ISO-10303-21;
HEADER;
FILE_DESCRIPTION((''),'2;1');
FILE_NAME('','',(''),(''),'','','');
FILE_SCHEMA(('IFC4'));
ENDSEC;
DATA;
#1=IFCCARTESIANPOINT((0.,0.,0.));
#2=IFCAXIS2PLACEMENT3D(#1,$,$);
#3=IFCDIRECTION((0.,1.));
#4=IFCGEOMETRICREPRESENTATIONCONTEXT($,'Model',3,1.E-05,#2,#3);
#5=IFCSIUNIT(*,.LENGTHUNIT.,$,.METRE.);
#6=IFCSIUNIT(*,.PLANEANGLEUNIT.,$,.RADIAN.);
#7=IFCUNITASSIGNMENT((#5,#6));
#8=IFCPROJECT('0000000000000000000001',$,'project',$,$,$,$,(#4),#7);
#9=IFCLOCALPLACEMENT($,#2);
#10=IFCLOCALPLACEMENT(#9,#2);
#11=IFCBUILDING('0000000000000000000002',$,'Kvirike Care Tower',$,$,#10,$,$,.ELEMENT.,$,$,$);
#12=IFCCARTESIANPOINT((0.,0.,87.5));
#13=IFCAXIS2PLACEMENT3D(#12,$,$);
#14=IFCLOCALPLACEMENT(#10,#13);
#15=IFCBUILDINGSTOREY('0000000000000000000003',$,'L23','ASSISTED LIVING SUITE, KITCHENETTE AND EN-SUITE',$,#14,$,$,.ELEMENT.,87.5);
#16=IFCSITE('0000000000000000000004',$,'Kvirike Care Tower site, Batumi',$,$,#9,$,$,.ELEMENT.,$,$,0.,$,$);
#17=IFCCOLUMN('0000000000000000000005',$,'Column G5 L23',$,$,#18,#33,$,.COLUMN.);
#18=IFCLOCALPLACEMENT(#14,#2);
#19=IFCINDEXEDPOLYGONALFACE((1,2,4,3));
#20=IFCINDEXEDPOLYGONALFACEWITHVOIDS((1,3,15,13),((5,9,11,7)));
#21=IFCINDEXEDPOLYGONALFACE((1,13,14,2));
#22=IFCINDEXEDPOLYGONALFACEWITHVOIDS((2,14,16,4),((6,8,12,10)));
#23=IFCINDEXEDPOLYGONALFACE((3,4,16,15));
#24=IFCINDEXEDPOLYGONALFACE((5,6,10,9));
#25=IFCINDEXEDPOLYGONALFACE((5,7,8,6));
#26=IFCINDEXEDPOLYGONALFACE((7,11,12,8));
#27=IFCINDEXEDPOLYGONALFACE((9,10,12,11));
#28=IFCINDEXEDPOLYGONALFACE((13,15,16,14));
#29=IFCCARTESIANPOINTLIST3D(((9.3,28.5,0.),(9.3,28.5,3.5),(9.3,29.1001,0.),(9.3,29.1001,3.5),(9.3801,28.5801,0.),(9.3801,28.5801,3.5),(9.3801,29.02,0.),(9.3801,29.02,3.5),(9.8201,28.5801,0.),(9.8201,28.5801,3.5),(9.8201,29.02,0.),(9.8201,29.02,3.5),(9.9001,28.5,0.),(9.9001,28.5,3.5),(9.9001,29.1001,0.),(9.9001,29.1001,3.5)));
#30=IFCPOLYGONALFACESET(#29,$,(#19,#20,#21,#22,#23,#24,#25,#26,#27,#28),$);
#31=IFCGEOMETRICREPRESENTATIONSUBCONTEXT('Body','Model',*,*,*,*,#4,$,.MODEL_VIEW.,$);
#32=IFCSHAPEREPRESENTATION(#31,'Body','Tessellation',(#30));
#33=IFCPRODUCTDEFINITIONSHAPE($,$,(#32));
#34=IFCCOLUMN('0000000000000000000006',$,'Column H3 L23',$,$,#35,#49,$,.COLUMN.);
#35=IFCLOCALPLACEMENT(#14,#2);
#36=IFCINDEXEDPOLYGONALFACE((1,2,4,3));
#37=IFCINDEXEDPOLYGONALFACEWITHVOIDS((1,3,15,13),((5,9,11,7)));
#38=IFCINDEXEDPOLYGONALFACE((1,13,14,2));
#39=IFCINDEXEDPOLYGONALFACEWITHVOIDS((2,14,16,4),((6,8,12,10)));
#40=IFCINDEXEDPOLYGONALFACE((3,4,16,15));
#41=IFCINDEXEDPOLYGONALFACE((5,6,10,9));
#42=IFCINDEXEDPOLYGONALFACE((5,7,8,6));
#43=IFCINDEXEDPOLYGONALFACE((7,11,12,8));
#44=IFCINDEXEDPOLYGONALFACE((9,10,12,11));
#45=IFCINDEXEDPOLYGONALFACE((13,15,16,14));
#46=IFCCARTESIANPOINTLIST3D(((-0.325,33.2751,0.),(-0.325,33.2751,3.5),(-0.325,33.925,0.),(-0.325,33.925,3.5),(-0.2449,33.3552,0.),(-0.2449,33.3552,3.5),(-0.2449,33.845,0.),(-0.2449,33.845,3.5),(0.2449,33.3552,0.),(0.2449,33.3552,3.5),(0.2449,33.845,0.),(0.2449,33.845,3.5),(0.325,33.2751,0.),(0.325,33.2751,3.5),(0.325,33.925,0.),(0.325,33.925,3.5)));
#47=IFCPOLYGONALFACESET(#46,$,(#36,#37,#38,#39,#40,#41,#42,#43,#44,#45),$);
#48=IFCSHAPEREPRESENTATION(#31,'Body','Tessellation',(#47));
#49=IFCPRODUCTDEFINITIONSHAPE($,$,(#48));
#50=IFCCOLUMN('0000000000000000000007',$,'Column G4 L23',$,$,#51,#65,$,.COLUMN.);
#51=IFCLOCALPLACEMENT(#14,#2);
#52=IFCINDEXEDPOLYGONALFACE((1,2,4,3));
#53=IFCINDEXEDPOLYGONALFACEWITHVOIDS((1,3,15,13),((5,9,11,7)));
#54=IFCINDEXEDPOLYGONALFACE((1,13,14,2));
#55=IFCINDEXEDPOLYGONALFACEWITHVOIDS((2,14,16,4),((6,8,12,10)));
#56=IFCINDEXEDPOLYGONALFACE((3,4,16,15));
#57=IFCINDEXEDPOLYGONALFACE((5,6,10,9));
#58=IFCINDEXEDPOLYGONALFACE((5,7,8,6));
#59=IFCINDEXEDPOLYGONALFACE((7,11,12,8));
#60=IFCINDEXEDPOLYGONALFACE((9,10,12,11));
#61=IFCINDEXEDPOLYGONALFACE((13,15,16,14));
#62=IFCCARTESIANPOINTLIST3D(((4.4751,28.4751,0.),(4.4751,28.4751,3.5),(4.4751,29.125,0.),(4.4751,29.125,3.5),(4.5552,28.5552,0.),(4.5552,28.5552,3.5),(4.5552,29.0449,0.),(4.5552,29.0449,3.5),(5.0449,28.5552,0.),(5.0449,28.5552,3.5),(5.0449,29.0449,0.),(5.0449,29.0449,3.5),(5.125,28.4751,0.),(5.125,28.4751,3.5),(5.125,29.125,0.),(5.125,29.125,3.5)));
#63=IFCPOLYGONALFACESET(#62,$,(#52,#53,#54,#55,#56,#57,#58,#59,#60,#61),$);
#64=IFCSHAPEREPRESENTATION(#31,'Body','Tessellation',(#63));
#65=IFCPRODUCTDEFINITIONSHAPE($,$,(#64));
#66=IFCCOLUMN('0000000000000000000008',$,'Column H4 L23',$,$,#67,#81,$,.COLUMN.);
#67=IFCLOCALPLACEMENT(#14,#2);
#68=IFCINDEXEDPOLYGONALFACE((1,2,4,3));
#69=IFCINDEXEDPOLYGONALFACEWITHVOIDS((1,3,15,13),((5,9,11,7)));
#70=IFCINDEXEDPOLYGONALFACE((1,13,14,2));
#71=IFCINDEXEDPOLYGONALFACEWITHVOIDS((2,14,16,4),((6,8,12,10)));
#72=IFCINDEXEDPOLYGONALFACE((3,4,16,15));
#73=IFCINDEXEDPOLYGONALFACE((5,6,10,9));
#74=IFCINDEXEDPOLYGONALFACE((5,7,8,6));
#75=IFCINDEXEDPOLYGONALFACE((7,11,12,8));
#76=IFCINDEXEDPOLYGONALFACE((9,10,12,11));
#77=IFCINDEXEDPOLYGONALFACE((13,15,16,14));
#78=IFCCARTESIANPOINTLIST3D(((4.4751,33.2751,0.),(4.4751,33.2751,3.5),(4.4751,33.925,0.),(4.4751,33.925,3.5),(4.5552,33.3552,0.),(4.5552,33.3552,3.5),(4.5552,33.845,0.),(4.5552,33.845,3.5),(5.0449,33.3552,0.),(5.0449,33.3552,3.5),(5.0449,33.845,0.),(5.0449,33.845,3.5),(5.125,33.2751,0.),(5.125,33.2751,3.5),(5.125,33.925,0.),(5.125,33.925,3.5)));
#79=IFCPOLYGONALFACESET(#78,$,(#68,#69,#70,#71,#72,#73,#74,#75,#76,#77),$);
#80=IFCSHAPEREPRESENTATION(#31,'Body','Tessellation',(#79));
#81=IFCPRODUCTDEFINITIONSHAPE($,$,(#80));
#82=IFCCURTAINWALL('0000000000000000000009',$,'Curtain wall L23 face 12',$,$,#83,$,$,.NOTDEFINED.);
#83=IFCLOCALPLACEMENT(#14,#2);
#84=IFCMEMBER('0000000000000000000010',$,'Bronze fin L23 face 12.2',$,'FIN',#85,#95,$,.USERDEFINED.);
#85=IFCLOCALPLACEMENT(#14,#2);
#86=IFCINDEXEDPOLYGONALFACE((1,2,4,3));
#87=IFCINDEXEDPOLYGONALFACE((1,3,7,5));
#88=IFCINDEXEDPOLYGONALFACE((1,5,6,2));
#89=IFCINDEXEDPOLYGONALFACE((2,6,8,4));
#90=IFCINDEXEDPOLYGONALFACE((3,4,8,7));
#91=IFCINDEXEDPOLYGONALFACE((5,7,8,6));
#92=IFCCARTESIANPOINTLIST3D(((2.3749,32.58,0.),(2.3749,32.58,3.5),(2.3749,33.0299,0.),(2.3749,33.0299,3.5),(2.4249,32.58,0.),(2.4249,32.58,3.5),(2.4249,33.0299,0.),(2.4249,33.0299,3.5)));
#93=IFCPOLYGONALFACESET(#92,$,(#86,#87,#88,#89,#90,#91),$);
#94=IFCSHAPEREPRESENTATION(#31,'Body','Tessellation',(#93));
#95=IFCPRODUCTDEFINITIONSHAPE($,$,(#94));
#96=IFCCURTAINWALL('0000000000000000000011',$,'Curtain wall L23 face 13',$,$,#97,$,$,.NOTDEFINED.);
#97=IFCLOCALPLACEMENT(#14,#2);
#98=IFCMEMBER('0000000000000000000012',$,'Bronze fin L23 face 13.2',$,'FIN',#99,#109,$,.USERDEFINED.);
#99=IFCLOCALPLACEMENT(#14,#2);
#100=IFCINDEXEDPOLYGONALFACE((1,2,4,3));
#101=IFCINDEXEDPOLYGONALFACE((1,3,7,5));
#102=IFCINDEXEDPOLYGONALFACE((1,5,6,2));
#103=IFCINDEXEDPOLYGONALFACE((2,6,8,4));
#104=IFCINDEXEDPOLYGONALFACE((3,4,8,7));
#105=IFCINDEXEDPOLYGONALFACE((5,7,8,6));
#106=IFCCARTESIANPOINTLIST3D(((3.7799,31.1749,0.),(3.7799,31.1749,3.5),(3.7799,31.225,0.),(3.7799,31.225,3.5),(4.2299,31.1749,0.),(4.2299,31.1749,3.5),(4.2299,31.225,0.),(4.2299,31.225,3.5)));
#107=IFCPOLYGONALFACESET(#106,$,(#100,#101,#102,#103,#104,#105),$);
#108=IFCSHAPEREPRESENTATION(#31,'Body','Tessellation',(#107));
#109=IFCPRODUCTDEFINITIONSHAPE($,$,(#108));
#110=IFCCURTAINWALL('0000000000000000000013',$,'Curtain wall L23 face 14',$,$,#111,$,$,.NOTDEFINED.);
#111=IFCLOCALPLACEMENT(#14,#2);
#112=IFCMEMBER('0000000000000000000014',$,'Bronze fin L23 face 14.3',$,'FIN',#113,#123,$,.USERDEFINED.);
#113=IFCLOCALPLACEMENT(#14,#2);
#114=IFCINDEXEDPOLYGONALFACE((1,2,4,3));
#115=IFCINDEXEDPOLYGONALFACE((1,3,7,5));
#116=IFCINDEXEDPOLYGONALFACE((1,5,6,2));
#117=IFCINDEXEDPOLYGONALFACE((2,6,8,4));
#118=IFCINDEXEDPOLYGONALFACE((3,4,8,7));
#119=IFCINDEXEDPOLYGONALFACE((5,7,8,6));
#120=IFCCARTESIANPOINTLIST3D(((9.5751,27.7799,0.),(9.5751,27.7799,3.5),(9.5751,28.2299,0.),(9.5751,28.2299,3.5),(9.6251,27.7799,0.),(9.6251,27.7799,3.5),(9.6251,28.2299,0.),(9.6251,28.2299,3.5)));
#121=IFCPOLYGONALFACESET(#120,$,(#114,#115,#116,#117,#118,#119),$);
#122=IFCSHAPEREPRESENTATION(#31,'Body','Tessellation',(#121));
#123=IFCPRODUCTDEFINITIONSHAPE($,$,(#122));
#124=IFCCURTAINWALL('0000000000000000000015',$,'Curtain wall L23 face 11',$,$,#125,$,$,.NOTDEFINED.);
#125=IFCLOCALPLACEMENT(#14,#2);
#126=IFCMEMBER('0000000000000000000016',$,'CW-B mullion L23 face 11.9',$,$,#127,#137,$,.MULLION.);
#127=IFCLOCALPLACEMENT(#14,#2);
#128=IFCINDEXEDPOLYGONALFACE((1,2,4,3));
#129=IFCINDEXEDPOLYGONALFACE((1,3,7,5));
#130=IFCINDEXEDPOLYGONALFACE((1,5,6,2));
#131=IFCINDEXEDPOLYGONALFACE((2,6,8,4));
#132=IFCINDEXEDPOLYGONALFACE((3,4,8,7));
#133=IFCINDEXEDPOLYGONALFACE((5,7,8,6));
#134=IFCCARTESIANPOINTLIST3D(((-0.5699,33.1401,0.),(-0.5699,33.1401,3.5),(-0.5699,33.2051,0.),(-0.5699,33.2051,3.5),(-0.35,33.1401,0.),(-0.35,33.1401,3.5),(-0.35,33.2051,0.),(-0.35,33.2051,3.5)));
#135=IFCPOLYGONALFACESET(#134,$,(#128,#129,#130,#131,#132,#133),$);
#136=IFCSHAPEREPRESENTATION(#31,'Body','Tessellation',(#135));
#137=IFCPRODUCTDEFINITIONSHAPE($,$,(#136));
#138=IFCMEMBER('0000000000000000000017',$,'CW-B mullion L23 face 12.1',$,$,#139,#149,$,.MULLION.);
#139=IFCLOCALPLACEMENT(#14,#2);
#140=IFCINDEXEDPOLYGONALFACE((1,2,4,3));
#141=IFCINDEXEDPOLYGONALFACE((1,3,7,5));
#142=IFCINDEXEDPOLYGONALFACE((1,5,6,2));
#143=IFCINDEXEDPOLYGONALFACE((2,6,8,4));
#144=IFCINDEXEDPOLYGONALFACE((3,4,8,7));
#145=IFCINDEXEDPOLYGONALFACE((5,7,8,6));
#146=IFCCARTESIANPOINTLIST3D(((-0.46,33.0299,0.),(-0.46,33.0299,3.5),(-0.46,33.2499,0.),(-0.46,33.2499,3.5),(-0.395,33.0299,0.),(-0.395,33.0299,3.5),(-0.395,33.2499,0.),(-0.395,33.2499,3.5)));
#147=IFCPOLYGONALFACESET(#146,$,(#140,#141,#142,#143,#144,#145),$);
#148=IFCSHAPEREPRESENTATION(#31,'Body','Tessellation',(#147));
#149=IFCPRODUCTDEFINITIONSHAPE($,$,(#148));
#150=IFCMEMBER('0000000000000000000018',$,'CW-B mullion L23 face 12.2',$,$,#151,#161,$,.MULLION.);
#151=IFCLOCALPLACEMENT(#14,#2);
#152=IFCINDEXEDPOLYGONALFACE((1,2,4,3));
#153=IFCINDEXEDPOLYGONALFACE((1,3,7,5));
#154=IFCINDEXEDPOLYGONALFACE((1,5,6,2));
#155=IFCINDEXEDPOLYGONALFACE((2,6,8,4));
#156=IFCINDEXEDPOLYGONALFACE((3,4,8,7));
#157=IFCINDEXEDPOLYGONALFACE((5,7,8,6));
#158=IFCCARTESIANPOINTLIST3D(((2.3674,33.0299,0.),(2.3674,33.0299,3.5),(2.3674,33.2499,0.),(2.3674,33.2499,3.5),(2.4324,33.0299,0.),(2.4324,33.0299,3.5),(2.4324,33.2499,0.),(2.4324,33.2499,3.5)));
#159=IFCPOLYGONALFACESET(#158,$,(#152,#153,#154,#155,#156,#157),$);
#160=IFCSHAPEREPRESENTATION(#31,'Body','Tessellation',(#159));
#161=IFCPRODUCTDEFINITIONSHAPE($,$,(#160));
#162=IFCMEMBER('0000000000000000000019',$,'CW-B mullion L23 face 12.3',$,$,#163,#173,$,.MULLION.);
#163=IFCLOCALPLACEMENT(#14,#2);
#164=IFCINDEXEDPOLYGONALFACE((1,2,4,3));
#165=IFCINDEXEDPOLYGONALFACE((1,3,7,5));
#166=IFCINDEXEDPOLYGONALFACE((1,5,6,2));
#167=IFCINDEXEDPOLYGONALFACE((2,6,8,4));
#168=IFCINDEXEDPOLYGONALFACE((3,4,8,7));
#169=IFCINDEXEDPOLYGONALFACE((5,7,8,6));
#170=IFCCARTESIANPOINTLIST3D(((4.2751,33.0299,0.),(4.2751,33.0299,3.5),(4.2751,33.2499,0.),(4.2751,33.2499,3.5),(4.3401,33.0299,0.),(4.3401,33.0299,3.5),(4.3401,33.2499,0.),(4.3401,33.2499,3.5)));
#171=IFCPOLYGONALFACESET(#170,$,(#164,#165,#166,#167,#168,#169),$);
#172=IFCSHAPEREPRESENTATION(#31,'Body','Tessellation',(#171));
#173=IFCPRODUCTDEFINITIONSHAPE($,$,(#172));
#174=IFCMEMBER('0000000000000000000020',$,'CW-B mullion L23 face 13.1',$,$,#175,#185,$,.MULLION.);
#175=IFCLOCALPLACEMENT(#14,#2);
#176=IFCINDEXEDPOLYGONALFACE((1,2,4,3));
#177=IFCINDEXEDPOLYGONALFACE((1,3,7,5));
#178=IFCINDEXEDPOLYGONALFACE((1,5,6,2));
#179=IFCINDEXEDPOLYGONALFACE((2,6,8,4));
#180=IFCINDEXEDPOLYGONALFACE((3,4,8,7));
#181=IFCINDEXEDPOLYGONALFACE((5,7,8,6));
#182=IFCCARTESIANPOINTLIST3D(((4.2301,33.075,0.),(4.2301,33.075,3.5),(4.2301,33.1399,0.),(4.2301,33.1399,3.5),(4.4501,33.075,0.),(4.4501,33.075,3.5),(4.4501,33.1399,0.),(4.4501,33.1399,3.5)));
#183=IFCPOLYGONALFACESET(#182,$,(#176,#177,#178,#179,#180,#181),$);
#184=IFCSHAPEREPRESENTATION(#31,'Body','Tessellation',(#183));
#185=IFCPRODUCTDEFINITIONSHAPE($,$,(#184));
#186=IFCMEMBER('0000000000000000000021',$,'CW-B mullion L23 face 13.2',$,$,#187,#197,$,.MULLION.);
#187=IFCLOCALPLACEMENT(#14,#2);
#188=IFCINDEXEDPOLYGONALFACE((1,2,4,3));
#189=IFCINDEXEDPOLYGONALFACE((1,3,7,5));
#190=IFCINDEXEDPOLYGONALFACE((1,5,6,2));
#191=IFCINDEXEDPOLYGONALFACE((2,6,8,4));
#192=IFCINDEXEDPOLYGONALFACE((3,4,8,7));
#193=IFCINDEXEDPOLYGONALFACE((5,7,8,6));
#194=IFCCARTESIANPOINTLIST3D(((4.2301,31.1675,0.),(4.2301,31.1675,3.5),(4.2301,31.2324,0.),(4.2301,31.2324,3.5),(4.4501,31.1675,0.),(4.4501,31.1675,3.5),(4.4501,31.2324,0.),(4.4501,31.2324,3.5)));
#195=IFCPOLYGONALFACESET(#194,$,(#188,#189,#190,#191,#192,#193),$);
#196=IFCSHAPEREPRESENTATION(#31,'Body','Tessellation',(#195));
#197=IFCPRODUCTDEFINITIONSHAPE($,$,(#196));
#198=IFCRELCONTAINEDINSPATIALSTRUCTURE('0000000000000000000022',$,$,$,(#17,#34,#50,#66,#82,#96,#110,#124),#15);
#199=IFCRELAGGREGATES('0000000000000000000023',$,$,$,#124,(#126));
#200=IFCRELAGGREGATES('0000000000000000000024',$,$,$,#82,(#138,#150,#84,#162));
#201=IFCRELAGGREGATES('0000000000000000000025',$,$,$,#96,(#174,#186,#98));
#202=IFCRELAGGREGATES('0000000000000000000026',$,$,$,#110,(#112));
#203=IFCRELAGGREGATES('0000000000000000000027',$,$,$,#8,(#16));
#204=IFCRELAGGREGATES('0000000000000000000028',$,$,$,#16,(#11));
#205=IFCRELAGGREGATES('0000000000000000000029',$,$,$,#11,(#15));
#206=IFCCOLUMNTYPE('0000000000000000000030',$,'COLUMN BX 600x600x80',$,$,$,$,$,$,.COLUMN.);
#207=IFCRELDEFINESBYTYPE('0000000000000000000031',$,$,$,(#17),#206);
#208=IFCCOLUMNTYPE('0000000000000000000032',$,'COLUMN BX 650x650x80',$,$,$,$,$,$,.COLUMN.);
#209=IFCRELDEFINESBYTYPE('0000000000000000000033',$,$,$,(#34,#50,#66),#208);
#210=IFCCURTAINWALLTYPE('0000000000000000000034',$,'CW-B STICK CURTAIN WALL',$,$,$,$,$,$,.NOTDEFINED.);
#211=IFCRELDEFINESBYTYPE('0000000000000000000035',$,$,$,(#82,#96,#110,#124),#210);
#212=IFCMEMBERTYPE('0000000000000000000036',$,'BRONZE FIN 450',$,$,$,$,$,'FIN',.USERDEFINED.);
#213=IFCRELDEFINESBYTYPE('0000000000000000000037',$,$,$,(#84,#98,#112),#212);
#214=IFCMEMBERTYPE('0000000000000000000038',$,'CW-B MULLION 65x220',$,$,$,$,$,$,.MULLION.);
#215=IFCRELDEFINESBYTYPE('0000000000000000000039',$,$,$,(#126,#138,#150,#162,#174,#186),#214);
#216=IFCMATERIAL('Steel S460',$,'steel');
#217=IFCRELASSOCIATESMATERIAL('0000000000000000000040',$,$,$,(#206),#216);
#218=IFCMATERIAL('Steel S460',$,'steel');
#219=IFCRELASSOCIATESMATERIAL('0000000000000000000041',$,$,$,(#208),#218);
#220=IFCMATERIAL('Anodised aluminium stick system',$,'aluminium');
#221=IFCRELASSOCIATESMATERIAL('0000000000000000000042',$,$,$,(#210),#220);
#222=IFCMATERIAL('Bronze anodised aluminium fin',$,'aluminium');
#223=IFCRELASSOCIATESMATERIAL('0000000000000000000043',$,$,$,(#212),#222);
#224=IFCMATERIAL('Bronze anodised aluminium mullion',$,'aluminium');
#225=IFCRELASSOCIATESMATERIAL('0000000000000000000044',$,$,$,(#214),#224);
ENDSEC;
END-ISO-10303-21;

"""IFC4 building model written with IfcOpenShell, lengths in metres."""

from ifc_helpers import new_model, si_unit, direction, frame, origin, origin_2d, place, context, subcontext, project, spatial, rectangle, hollow_rectangle, extrude, material, material_profile, profile_set, type_object, element, aggregate, save


model = new_model("IFC4")

# Units and contexts
model_context = context("Model", 3, precision=1e-05, world=origin(), true_north=direction((0.0, 1.0)))
body_context = subcontext(model_context, "Body", "Model", "MODEL_VIEW")
ifc_project = project(units=[si_unit("LENGTHUNIT", "METRE"), si_unit("PLANEANGLEUNIT", "RADIAN")], contexts=[model_context])

# Site, building, storey
site_placement = place(None, origin())
site = spatial("IfcSite", under=ifc_project, at=site_placement, Name="Kvirike Care Tower site, Batumi", CompositionType="ELEMENT", RefElevation=0.0)
building_placement = place(site_placement, origin())
building = spatial("IfcBuilding", under=site, at=building_placement, Name="Kvirike Care Tower", CompositionType="ELEMENT")
storey_placement = place(building_placement, frame((0.0, 0.0, 87.5)))
storey = spatial("IfcBuildingStorey", under=building, at=storey_placement, Name="L23", Description="ASSISTED LIVING SUITE, KITCHENETTE AND EN-SUITE", CompositionType="ELEMENT", Elevation=87.5)

# Columns
ifc_material_1 = material(Name="Steel S460", Category="steel")
ifc_material_profile_1 = material_profile(ifc_material_1, hollow_rectangle(XDim=0.6001, YDim=0.6001, WallThickness=0.0801, at=origin_2d()), Name="BX 600x600x80")
ifc_profile_set_1 = profile_set([ifc_material_profile_1], Name="Steel S460")
column_type_1 = type_object("IfcColumnType", Name="COLUMN BX 600x600x80", PredefinedType="COLUMN", material=ifc_profile_set_1)
column_placement = place(storey_placement, frame((9.6001, 28.8, 0.0), z_axis=(0.0, 0.0, 1.0), x_axis=(0.0, 1.0, 0.0)))
element("IfcColumn", 1, at=column_placement, inside=storey, type_object=column_type_1, Name="Column G5 L23", PredefinedType="COLUMN", context=body_context, shape_type="SweptSolid", body=[
    extrude(hollow_rectangle(XDim=0.6001, YDim=0.6001, WallThickness=0.0801, at=origin_2d()), origin(), (0.0, 0.0, 1.0), 3.5),
])
ifc_material_2 = material(Name="Steel S460", Category="steel")
ifc_material_profile_2 = material_profile(ifc_material_2, hollow_rectangle(XDim=0.6499, YDim=0.6499, WallThickness=0.0801, at=origin_2d()), Name="BX 650x650x80")
ifc_profile_set_2 = profile_set([ifc_material_profile_2], Name="Steel S460")
column_type_2 = type_object("IfcColumnType", Name="COLUMN BX 650x650x80", PredefinedType="COLUMN", material=ifc_profile_set_2)
for number, where, z_axis, x_axis, name in (
    (2, (0.0, 33.6001, 0.0), (0.0, 0.0, 1.0), (0.0, 1.0, 0.0), "Column H3 L23"),
    (3, (4.8, 28.8, 0.0), (0.0, 0.0, 1.0), (0.0, 1.0, 0.0), "Column G4 L23"),
    (4, (4.8, 33.6001, 0.0), (0.0, 0.0, 1.0), (0.0, 1.0, 0.0), "Column H4 L23"),
):
    element("IfcColumn", number, at=place(storey_placement, frame(where, z_axis=z_axis, x_axis=x_axis)), inside=storey, type_object=column_type_2, Name=name, PredefinedType="COLUMN", context=body_context, shape_type="SweptSolid", body=[
        extrude(hollow_rectangle(XDim=0.6499, YDim=0.6499, WallThickness=0.0801, at=origin_2d()), origin(), (0.0, 0.0, 1.0), 3.5),
    ])

# Curtain walls, members
ifc_material_3 = material(Name="Anodised aluminium stick system", Category="aluminium")
curtain_wall_type = type_object("IfcCurtainWallType", Name="CW-B STICK CURTAIN WALL", PredefinedType="NOTDEFINED", material=ifc_material_3)
curtain_wall_1_placement = place(storey_placement, origin())
curtain_wall_1 = element("IfcCurtainWall", 5, at=curtain_wall_1_placement, inside=storey, type_object=curtain_wall_type, Name="Curtain wall L23 face 12", PredefinedType="NOTDEFINED")
ifc_material_4 = material(Name="Bronze anodised aluminium fin", Category="aluminium")
ifc_material_profile_3 = material_profile(ifc_material_4, rectangle(XDim=0.05, YDim=0.45, at=origin_2d()), Name="BRONZE FIN 450")
ifc_profile_set_3 = profile_set([ifc_material_profile_3], Name="Bronze anodised aluminium fin")
member_type_1 = type_object("IfcMemberType", Name="BRONZE FIN 450", ElementType="FIN", PredefinedType="USERDEFINED", material=ifc_profile_set_3)
member_1_placement = place(storey_placement, frame((2.3999, 32.8049, 0.0), z_axis=(0.0, 0.0, 1.0), x_axis=(1.0, 0.0, 0.0)))
member_1 = element("IfcMember", 6, at=member_1_placement, type_object=member_type_1, Name="Bronze fin L23 face 12.2", ObjectType="FIN", PredefinedType="USERDEFINED", context=body_context, shape_type="SweptSolid", body=[
    extrude(rectangle(XDim=0.05, YDim=0.45, at=origin_2d()), origin(), (0.0, 0.0, 1.0), 3.5),
])
curtain_wall_2_placement = place(storey_placement, origin())
curtain_wall_2 = element("IfcCurtainWall", 7, at=curtain_wall_2_placement, inside=storey, type_object=curtain_wall_type, Name="Curtain wall L23 face 13", PredefinedType="NOTDEFINED")
member_2_placement = place(storey_placement, frame((4.0049, 31.2, 0.0), z_axis=(0.0, 0.0, 1.0), x_axis=(0.0, -1.0, 0.0)))
member_2 = element("IfcMember", 8, at=member_2_placement, type_object=member_type_1, Name="Bronze fin L23 face 13.2", ObjectType="FIN", PredefinedType="USERDEFINED", context=body_context, shape_type="SweptSolid", body=[
    extrude(rectangle(XDim=0.05, YDim=0.45, at=origin_2d()), origin(), (0.0, 0.0, 1.0), 3.5),
])
curtain_wall_3_placement = place(storey_placement, origin())
curtain_wall_3 = element("IfcCurtainWall", 9, at=curtain_wall_3_placement, inside=storey, type_object=curtain_wall_type, Name="Curtain wall L23 face 14", PredefinedType="NOTDEFINED")
member_3_placement = place(storey_placement, frame((9.6001, 28.0049, 0.0), z_axis=(0.0, 0.0, 1.0), x_axis=(1.0, 0.0, 0.0)))
member_3 = element("IfcMember", 10, at=member_3_placement, type_object=member_type_1, Name="Bronze fin L23 face 14.3", ObjectType="FIN", PredefinedType="USERDEFINED", context=body_context, shape_type="SweptSolid", body=[
    extrude(rectangle(XDim=0.05, YDim=0.45, at=origin_2d()), origin(), (0.0, 0.0, 1.0), 3.5),
])
curtain_wall_4_placement = place(storey_placement, origin())
curtain_wall_4 = element("IfcCurtainWall", 11, at=curtain_wall_4_placement, inside=storey, type_object=curtain_wall_type, Name="Curtain wall L23 face 11", PredefinedType="NOTDEFINED")
ifc_material_5 = material(Name="Bronze anodised aluminium mullion", Category="aluminium")
ifc_material_profile_4 = material_profile(ifc_material_5, rectangle(XDim=0.0649, YDim=0.22, at=origin_2d()), Name="CW-B MULLION 65x220")
ifc_profile_set_4 = profile_set([ifc_material_profile_4], Name="Bronze anodised aluminium mullion")
member_type_2 = type_object("IfcMemberType", Name="CW-B MULLION 65x220", PredefinedType="MULLION", material=ifc_profile_set_4)
member_4_placement = place(storey_placement, frame((-0.46, 33.1726, 0.0), z_axis=(0.0, 0.0, 1.0), x_axis=(0.0, -1.0, 0.0)))
member_4 = element("IfcMember", 12, at=member_4_placement, type_object=member_type_2, Name="CW-B mullion L23 face 11.9", PredefinedType="MULLION", context=body_context, shape_type="SweptSolid", body=[
    extrude(rectangle(XDim=0.0649, YDim=0.22, at=origin_2d()), origin(), (0.0, 0.0, 1.0), 3.5),
])
aggregate(curtain_wall_4, [member_4])

# Members
member_5_placement = place(storey_placement, frame((-0.4275, 33.1399, 0.0), z_axis=(0.0, 0.0, 1.0), x_axis=(1.0, 0.0, 0.0)))
member_5 = element("IfcMember", 13, at=member_5_placement, type_object=member_type_2, Name="CW-B mullion L23 face 12.1", PredefinedType="MULLION", context=body_context, shape_type="SweptSolid", body=[
    extrude(rectangle(XDim=0.0649, YDim=0.22, at=origin_2d()), origin(), (0.0, 0.0, 1.0), 3.5),
])
member_6_placement = place(storey_placement, frame((2.3999, 33.1399, 0.0), z_axis=(0.0, 0.0, 1.0), x_axis=(1.0, 0.0, 0.0)))
member_6 = element("IfcMember", 14, at=member_6_placement, type_object=member_type_2, Name="CW-B mullion L23 face 12.2", PredefinedType="MULLION", context=body_context, shape_type="SweptSolid", body=[
    extrude(rectangle(XDim=0.0649, YDim=0.22, at=origin_2d()), origin(), (0.0, 0.0, 1.0), 3.5),
])
member_7_placement = place(storey_placement, frame((4.3076, 33.1399, 0.0), z_axis=(0.0, 0.0, 1.0), x_axis=(1.0, 0.0, 0.0)))
member_7 = element("IfcMember", 15, at=member_7_placement, type_object=member_type_2, Name="CW-B mullion L23 face 12.3", PredefinedType="MULLION", context=body_context, shape_type="SweptSolid", body=[
    extrude(rectangle(XDim=0.0649, YDim=0.22, at=origin_2d()), origin(), (0.0, 0.0, 1.0), 3.5),
])
member_8_placement = place(storey_placement, frame((4.3401, 33.1074, 0.0), z_axis=(0.0, 0.0, 1.0), x_axis=(0.0, -1.0, 0.0)))
member_8 = element("IfcMember", 16, at=member_8_placement, type_object=member_type_2, Name="CW-B mullion L23 face 13.1", PredefinedType="MULLION", context=body_context, shape_type="SweptSolid", body=[
    extrude(rectangle(XDim=0.0649, YDim=0.22, at=origin_2d()), origin(), (0.0, 0.0, 1.0), 3.5),
])
member_9_placement = place(storey_placement, frame((4.3401, 31.2, 0.0), z_axis=(0.0, 0.0, 1.0), x_axis=(0.0, -1.0, 0.0)))
member_9 = element("IfcMember", 17, at=member_9_placement, type_object=member_type_2, Name="CW-B mullion L23 face 13.2", PredefinedType="MULLION", context=body_context, shape_type="SweptSolid", body=[
    extrude(rectangle(XDim=0.0649, YDim=0.22, at=origin_2d()), origin(), (0.0, 0.0, 1.0), 3.5),
])

aggregate(curtain_wall_1, [member_5, member_6, member_1, member_7])
aggregate(curtain_wall_2, [member_8, member_9, member_2])
aggregate(curtain_wall_3, [member_3])

save(model, "model.ifc")
